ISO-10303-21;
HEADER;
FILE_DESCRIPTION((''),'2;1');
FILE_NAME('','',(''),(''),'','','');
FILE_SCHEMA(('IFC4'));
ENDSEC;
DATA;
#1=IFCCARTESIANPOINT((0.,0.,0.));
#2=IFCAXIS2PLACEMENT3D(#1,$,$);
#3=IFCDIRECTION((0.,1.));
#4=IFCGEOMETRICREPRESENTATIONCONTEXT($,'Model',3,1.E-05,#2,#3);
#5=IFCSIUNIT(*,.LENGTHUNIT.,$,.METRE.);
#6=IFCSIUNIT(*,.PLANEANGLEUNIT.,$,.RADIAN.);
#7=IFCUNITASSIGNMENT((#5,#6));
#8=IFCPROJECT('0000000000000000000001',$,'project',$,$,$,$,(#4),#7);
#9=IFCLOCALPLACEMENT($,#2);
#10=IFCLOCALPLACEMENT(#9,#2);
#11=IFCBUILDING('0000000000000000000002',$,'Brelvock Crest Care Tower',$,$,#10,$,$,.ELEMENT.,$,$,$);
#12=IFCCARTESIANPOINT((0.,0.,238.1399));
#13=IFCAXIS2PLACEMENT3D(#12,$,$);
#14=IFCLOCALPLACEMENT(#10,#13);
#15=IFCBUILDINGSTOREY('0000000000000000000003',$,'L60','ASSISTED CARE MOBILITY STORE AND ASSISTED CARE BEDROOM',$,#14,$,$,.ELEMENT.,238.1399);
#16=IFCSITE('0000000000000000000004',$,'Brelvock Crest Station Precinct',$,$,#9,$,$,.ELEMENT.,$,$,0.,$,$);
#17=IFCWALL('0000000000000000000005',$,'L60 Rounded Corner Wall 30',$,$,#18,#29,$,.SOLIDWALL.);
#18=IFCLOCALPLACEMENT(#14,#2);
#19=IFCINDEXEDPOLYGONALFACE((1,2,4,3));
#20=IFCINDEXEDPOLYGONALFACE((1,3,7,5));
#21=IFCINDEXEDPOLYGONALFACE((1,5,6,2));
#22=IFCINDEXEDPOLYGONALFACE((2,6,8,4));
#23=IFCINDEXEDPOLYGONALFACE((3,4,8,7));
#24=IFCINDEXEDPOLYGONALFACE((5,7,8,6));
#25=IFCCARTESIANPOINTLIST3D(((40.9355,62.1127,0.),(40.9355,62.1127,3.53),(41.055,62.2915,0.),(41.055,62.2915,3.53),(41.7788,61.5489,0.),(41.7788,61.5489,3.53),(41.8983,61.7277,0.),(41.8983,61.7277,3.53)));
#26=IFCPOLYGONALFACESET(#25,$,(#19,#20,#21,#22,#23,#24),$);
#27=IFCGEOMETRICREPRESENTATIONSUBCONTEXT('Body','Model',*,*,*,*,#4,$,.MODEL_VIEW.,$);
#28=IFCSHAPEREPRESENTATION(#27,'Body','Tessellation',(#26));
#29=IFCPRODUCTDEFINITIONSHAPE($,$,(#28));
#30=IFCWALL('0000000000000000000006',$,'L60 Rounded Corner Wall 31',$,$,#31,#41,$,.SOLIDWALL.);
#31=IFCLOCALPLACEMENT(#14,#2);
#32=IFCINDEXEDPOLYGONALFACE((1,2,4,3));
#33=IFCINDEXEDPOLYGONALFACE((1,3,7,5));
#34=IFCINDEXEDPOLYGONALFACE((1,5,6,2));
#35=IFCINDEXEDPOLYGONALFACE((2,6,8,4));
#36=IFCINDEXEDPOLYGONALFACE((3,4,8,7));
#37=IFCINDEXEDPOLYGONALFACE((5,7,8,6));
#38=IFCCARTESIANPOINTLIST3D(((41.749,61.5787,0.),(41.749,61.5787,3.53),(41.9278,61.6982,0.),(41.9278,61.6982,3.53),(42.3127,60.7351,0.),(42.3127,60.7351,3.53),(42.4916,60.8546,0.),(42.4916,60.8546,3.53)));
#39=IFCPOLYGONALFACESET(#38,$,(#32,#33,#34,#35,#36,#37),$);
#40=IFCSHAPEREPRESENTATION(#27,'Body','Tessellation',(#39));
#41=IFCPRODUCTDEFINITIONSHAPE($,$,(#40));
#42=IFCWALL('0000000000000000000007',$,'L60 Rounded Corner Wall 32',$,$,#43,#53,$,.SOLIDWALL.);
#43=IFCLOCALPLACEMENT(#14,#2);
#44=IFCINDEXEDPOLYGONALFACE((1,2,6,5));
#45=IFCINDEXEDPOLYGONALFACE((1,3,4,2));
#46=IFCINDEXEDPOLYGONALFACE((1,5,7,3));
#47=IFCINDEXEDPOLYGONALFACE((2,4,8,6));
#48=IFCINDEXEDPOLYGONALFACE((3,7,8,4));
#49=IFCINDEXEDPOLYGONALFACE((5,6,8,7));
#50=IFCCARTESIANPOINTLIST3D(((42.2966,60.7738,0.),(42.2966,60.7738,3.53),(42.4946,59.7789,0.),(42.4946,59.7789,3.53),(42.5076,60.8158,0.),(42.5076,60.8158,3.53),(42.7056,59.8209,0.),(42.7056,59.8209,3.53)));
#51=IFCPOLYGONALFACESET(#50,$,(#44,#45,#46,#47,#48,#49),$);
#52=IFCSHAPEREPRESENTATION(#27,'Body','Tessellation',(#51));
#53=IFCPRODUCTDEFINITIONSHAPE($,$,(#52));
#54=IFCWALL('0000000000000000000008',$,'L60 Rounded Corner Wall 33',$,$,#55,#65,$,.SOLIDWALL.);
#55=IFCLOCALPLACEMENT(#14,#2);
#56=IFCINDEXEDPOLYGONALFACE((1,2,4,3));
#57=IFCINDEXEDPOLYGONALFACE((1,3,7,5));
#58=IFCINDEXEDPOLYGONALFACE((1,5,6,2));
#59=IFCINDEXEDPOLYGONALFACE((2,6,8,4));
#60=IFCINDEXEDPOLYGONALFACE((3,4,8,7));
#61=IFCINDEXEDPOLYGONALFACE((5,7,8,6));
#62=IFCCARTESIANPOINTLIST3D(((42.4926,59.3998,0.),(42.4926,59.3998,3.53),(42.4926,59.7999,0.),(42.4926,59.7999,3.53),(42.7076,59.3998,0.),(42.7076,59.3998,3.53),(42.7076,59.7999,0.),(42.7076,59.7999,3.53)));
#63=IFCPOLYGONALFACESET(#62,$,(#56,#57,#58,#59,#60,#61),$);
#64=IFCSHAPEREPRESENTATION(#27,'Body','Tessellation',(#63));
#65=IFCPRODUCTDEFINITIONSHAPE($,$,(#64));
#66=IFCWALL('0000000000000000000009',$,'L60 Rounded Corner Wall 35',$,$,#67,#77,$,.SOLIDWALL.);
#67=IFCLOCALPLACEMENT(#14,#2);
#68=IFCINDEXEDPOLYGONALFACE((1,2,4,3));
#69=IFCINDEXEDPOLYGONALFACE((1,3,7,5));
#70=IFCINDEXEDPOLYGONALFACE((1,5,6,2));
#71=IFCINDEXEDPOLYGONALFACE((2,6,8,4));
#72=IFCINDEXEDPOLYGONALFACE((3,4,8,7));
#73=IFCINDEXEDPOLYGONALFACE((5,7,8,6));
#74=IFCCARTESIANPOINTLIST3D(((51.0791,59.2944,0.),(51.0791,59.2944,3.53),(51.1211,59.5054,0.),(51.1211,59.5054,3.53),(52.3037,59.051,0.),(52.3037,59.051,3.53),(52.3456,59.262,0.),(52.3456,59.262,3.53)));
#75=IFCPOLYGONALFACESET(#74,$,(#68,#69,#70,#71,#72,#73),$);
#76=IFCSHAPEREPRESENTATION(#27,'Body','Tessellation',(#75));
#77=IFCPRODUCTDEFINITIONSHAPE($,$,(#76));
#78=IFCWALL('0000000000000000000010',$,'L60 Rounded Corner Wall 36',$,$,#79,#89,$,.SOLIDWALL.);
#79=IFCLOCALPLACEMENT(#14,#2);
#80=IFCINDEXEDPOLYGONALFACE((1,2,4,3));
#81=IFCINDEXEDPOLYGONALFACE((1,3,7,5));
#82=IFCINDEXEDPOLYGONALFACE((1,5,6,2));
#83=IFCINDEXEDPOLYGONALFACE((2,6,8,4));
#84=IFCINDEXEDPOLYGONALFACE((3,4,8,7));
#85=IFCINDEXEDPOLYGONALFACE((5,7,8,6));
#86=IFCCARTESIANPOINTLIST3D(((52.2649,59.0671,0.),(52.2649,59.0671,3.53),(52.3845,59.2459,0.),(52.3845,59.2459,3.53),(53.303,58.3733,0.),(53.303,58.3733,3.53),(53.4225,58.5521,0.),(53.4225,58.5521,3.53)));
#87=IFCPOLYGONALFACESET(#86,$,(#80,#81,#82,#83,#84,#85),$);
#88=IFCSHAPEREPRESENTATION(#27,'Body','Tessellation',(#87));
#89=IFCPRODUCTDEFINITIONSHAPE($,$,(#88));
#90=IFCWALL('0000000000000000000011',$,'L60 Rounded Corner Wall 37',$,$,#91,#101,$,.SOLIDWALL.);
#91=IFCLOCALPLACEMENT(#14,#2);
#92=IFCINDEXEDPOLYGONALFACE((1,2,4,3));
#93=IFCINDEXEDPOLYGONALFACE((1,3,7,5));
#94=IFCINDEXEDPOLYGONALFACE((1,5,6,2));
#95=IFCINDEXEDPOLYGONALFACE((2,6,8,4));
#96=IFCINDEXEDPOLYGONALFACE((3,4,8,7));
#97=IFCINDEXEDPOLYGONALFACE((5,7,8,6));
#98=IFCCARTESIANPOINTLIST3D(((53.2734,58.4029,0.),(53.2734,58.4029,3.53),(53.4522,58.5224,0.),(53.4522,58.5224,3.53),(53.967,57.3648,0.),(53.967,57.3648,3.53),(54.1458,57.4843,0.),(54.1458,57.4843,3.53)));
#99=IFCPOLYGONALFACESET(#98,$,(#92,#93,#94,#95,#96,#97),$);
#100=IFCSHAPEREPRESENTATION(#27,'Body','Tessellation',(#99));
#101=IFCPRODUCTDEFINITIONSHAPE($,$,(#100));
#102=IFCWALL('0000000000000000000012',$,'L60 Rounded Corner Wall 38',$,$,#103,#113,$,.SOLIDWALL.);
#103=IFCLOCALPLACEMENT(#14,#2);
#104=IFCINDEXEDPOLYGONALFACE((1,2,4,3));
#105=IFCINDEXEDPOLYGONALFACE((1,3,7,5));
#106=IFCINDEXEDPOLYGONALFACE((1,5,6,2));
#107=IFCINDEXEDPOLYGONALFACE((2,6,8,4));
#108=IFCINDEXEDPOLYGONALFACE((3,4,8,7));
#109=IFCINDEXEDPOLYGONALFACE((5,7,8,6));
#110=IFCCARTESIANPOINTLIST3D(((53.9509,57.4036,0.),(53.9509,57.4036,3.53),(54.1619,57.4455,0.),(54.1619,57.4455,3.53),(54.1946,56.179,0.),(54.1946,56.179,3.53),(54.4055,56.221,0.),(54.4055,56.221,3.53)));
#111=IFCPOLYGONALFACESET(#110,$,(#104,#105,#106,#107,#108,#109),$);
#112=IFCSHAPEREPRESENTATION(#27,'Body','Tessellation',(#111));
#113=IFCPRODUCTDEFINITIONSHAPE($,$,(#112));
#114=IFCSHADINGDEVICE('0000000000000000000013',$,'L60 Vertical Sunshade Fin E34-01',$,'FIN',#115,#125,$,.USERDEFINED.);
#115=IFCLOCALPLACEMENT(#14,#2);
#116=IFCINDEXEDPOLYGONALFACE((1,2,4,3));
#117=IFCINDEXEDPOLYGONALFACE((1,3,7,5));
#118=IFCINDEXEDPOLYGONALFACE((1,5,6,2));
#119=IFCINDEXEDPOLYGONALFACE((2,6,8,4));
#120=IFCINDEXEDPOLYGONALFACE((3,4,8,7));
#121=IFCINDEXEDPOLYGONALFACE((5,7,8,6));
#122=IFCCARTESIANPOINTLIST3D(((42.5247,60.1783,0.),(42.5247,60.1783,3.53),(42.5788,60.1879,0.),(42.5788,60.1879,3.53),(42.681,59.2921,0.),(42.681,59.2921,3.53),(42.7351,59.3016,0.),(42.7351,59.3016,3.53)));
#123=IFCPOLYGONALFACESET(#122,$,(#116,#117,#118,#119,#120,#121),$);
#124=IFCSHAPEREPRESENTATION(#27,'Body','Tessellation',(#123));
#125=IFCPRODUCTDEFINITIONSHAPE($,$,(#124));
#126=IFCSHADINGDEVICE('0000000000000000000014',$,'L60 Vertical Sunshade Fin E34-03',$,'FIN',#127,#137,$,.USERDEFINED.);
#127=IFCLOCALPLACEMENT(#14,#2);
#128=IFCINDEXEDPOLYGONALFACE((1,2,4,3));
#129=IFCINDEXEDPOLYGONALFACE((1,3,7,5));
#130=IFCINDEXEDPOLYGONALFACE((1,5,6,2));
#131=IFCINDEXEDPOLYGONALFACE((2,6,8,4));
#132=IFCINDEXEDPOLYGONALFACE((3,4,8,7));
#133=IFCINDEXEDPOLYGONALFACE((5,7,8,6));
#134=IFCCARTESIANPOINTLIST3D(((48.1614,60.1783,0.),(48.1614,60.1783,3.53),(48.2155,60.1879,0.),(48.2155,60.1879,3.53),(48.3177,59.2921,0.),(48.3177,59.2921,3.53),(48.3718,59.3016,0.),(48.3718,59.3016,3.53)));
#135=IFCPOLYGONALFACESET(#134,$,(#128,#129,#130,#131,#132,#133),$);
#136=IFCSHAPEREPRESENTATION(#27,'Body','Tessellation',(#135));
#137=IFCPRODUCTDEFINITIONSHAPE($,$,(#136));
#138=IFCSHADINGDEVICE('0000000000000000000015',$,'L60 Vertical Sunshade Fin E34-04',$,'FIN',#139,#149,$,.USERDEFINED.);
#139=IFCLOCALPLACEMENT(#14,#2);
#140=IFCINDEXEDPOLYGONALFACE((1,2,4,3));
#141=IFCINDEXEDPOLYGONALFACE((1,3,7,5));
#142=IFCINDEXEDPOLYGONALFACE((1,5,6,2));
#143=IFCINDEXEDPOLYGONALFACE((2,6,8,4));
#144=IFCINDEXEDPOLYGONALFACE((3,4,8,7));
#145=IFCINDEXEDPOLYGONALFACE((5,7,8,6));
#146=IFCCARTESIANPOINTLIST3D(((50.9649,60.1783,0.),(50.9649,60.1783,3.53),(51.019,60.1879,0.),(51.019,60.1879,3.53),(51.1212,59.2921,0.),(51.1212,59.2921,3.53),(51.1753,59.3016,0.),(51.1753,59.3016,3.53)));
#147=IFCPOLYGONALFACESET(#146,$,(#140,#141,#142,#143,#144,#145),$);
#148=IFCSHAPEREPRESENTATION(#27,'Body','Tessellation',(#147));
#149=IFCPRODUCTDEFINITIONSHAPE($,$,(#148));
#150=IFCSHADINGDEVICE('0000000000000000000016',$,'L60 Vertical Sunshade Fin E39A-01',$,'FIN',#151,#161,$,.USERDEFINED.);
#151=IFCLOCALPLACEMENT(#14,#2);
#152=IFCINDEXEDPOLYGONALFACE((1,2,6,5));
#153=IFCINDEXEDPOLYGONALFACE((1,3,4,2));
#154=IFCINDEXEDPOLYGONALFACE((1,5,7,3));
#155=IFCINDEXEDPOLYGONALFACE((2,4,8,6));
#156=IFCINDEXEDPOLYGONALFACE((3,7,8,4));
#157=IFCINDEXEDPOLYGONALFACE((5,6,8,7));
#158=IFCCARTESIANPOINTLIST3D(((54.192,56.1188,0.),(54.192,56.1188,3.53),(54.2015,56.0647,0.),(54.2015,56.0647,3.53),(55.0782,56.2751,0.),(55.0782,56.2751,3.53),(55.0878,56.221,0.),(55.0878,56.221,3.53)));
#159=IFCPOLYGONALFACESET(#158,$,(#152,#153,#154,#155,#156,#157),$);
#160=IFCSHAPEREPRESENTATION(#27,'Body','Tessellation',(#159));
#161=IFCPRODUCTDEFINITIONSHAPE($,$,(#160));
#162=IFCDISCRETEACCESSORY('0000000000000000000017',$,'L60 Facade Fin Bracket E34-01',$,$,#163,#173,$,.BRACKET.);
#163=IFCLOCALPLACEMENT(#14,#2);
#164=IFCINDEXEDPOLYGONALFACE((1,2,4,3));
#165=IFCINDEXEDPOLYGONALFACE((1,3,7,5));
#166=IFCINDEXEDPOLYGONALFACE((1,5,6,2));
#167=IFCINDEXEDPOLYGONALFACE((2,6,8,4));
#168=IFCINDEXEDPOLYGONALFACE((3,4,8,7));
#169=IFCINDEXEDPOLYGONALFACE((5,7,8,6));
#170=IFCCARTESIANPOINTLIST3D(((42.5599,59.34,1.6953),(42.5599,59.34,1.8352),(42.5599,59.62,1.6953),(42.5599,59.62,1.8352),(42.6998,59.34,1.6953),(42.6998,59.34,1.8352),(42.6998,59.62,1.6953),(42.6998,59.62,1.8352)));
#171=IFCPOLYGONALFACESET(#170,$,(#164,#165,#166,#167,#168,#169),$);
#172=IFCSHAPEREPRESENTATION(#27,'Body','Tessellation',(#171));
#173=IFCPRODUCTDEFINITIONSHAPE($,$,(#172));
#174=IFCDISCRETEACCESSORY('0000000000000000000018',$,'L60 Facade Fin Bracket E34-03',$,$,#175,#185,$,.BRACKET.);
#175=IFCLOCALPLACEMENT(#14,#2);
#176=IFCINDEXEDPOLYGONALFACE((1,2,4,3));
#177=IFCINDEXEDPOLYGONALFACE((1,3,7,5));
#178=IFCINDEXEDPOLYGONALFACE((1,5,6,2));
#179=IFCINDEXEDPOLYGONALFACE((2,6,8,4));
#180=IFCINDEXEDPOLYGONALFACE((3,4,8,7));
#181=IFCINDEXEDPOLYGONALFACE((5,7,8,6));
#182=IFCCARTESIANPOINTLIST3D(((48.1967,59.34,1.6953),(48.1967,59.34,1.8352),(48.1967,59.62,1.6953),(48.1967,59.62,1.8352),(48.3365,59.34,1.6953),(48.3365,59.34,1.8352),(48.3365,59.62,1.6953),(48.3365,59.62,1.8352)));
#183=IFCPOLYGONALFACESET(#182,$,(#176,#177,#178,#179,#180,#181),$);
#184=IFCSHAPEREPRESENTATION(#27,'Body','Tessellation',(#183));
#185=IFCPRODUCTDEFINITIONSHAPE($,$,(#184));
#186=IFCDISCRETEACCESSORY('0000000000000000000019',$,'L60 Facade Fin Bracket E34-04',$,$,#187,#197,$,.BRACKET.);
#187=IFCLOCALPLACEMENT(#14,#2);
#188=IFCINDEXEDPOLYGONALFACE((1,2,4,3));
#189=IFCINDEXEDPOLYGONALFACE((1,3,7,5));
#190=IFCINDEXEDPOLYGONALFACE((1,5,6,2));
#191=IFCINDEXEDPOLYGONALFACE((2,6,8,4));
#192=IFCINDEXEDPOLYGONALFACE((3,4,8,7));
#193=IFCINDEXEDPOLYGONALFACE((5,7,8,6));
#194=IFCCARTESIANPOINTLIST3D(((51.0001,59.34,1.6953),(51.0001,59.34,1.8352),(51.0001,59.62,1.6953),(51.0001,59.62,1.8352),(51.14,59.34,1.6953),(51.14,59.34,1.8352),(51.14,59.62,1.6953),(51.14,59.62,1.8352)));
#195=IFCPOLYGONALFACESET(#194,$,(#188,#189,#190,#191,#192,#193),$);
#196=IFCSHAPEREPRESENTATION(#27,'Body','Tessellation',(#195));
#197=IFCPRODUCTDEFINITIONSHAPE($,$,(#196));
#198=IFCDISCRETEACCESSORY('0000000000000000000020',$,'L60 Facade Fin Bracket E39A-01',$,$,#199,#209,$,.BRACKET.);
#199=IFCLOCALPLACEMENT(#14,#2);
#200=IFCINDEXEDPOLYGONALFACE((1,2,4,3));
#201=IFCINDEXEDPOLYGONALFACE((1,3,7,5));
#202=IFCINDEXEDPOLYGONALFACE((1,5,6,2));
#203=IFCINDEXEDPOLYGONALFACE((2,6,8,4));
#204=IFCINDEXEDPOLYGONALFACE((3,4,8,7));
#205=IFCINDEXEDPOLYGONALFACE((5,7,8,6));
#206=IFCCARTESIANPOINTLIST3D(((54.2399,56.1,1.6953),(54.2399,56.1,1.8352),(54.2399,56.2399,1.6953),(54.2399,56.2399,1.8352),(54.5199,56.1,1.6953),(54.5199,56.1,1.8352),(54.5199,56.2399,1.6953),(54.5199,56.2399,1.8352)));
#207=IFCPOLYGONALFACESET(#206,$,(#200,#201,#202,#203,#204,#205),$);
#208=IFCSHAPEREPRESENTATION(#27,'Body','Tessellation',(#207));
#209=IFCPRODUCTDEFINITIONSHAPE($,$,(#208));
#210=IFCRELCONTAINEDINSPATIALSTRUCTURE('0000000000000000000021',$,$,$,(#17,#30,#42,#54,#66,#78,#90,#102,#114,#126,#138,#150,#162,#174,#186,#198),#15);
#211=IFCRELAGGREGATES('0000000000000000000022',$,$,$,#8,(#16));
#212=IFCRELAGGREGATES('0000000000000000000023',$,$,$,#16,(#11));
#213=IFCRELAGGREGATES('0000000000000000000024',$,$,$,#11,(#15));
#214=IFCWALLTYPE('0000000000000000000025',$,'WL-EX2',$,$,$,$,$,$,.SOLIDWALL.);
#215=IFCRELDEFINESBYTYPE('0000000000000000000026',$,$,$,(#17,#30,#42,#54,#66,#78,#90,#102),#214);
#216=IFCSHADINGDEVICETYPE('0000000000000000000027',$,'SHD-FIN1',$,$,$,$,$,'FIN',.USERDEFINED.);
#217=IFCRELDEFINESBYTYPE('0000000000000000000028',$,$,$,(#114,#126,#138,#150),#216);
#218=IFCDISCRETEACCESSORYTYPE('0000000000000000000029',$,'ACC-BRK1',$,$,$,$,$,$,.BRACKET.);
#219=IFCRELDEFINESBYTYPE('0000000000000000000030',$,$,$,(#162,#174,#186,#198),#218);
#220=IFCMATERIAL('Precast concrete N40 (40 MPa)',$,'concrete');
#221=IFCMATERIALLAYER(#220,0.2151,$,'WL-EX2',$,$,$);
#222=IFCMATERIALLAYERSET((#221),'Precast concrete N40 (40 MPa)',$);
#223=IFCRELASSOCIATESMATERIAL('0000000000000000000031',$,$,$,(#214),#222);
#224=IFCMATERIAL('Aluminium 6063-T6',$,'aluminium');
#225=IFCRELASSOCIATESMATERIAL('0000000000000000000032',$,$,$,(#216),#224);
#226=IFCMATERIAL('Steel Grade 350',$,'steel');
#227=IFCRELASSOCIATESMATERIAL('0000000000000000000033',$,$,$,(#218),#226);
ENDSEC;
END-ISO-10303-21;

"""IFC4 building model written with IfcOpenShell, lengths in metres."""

from ifc_helpers import new_model, si_unit, direction, frame, frame_2d, origin, origin_2d, place, context, subcontext, project, spatial, rectangle, extrude, source, transform, mapped, material, layer, layer_set, material_profile, profile_set, type_object, element, save


model = new_model("IFC4")

# Units and contexts
model_context = context("Model", 3, precision=1e-05, world=origin(), true_north=direction((0.0, 1.0)))
body_context = subcontext(model_context, "Body", "Model", "MODEL_VIEW")
ifc_project = project(units=[si_unit("LENGTHUNIT", "METRE"), si_unit("PLANEANGLEUNIT", "RADIAN")], contexts=[model_context])

# Site, building, storey
site_placement = place(None, origin())
site = spatial("IfcSite", under=ifc_project, at=site_placement, Name="Brelvock Crest Station Precinct", CompositionType="ELEMENT", RefElevation=0.0)
building_placement = place(site_placement, origin())
building = spatial("IfcBuilding", under=site, at=building_placement, Name="Brelvock Crest Care Tower", CompositionType="ELEMENT")
storey_placement = place(building_placement, frame((0.0, 0.0, 238.1399)))
storey = spatial("IfcBuildingStorey", under=building, at=storey_placement, Name="L60", Description="ASSISTED CARE MOBILITY STORE AND ASSISTED CARE BEDROOM", CompositionType="ELEMENT", Elevation=238.1399)

# Shared definitions
ifc_material_1 = material(Name="Steel Grade 350", Category="steel")

# Shared definitions
ifc_material_2 = material(Name="Aluminium 6063-T6", Category="aluminium")

# Walls
ifc_material_3 = material(Name="Precast concrete N40 (40 MPa)", Category="concrete")
ifc_layer_1 = layer(ifc_material_3, 0.2151, Name="WL-EX2")
ifc_layer_set_1 = layer_set([ifc_layer_1], Name="Precast concrete N40 (40 MPa)")
wall_type = type_object("IfcWallType", Name="WL-EX2", PredefinedType="SOLIDWALL", material=ifc_layer_set_1)
wall_1_placement = place(storey_placement, frame((40.9951, 62.2021, 0.0), z_axis=(0.0, 0.0, 1.0), x_axis=(0.831346, -0.555755, 0.0)))
element("IfcWall", 1, at=wall_1_placement, inside=storey, type_object=wall_type, Name="L60 Rounded Corner Wall 30", PredefinedType="SOLIDWALL", context=body_context, shape_type="SweptSolid", body=[
    extrude(rectangle(XDim=1.0144, YDim=0.2151, at=frame_2d((0.5073, 0.0))), origin(), (0.0, 0.0, 1.0), 3.53),
])
wall_2_placement = place(storey_placement, frame((41.8384, 61.6384, 0.0), z_axis=(0.0, 0.0, 1.0), x_axis=(0.555644, -0.83142, 0.0)))
element("IfcWall", 2, at=wall_2_placement, inside=storey, type_object=wall_type, Name="L60 Rounded Corner Wall 31", PredefinedType="SOLIDWALL", context=body_context, shape_type="SweptSolid", body=[
    extrude(rectangle(XDim=1.0146, YDim=0.2151, at=frame_2d((0.5073, 0.0))), origin(), (0.0, 0.0, 1.0), 3.53),
])
wall_3_placement = place(storey_placement, frame((42.4021, 60.7949, 0.0), z_axis=(0.0, 0.0, 1.0), x_axis=(0.19519, -0.980765, 0.0)))
element("IfcWall", 3, at=wall_3_placement, inside=storey, type_object=wall_type, Name="L60 Rounded Corner Wall 32", PredefinedType="SOLIDWALL", context=body_context, shape_type="SweptSolid", body=[
    extrude(rectangle(XDim=1.0144, YDim=0.2151, at=frame_2d((0.5073, 0.0))), origin(), (0.0, 0.0, 1.0), 3.53),
])
wall_4_placement = place(storey_placement, frame((42.6001, 59.8, 0.0), z_axis=(0.0, 0.0, 1.0), x_axis=(0.0, -1.0, 0.0)))
element("IfcWall", 4, at=wall_4_placement, inside=storey, type_object=wall_type, Name="L60 Rounded Corner Wall 33", PredefinedType="SOLIDWALL", context=body_context, shape_type="SweptSolid", body=[
    extrude(rectangle(XDim=0.4001, YDim=0.2151, at=frame_2d((0.2002, 0.0))), origin(), (0.0, 0.0, 1.0), 3.53),
])
for number, where, z_axis, x_axis, name in (
    (5, (51.1001, 59.3999, 0.0), (0.0, 0.0, 1.0), (0.980813, -0.19495, 0.0), "L60 Rounded Corner Wall 35"),
    (6, (52.3247, 59.1565, 0.0), (0.0, 0.0, 1.0), (0.831388, -0.555692, 0.0), "L60 Rounded Corner Wall 36"),
    (7, (53.3628, 58.4626, 0.0), (0.0, 0.0, 1.0), (0.555557, -0.831478, 0.0), "L60 Rounded Corner Wall 37"),
    (8, (54.0564, 57.4246, 0.0), (0.0, 0.0, 1.0), (0.195138, -0.980776, 0.0), "L60 Rounded Corner Wall 38"),
):
    element("IfcWall", number, at=place(storey_placement, frame(where, z_axis=z_axis, x_axis=x_axis)), inside=storey, type_object=wall_type, Name=name, PredefinedType="SOLIDWALL", context=body_context, shape_type="SweptSolid", body=[
        extrude(rectangle(XDim=1.2485, YDim=0.2151, at=frame_2d((0.6243, 0.0))), origin(), (0.0, 0.0, 1.0), 3.53),
    ])

# Shading devices
ifc_material_profile_1 = material_profile(ifc_material_2, rectangle(XDim=0.0549, YDim=0.8999, at=origin_2d()), Name="FIN55x900")
ifc_profile_set_1 = profile_set([ifc_material_profile_1], Name="Aluminium 6063-T6")
shading_device_type = type_object("IfcShadingDeviceType", Name="SHD-FIN1", ElementType="FIN", PredefinedType="USERDEFINED", material=ifc_profile_set_1)
shared_shape_1 = source(origin(), body_context, "Body", "SweptSolid", [
    extrude(rectangle(XDim=0.0549, YDim=0.8999, at=origin_2d()), origin(), (0.0, 0.0, 1.0), 3.53),
])
for number, where, z_axis, x_axis, name in (
    (9, (42.6299, 59.74, 0.0), (0.0, 0.0, 1.0), (0.984808, 0.173648, 0.0), "L60 Vertical Sunshade Fin E34-01"),
    (10, (48.2666, 59.74, 0.0), (0.0, 0.0, 1.0), (0.984808, 0.173648, 0.0), "L60 Vertical Sunshade Fin E34-03"),
    (11, (51.0701, 59.74, 0.0), (0.0, 0.0, 1.0), (0.984808, 0.173648, 0.0), "L60 Vertical Sunshade Fin E34-04"),
    (12, (54.6399, 56.1699, 0.0), (0.0, 0.0, 1.0), (0.173648, -0.984808, 0.0), "L60 Vertical Sunshade Fin E39A-01"),
):
    element("IfcShadingDevice", number, at=place(storey_placement, frame(where, z_axis=z_axis, x_axis=x_axis)), inside=storey, type_object=shading_device_type, Name=name, ObjectType="FIN", PredefinedType="USERDEFINED", context=body_context, shape_type="MappedRepresentation", body=[
        mapped(shared_shape_1, transform((0.0, 0.0, 0.0), x_axis=(1.0, 0.0, 0.0), y_axis=(0.0, 1.0, 0.0), z_axis=(0.0, 0.0, 1.0), scale=1.0)),
    ])

# Discrete accessories
discrete_accessory_type = type_object("IfcDiscreteAccessoryType", Name="ACC-BRK1", PredefinedType="BRACKET", material=ifc_material_1)
shared_shape_2 = source(origin(), body_context, "Body", "SweptSolid", [
    extrude(rectangle(XDim=0.28, YDim=0.1399, at=origin_2d()), origin(), (0.0, 0.0, 1.0), 0.1399),
])
for number, where, z_axis, x_axis, name in (
    (13, (42.6299, 59.48, 1.6953), (0.0, 0.0, 1.0), (0.0, 1.0, 0.0), "L60 Facade Fin Bracket E34-01"),
    (14, (48.2666, 59.48, 1.6953), (0.0, 0.0, 1.0), (0.0, 1.0, 0.0), "L60 Facade Fin Bracket E34-03"),
    (15, (51.0701, 59.48, 1.6953), (0.0, 0.0, 1.0), (0.0, 1.0, 0.0), "L60 Facade Fin Bracket E34-04"),
    (16, (54.3799, 56.1699, 1.6953), (0.0, 0.0, 1.0), (1.0, 0.0, 0.0), "L60 Facade Fin Bracket E39A-01"),
):
    element("IfcDiscreteAccessory", number, at=place(storey_placement, frame(where, z_axis=z_axis, x_axis=x_axis)), inside=storey, type_object=discrete_accessory_type, Name=name, PredefinedType="BRACKET", context=body_context, shape_type="MappedRepresentation", body=[
        mapped(shared_shape_2, transform((0.0, 0.0, 0.0), x_axis=(1.0, 0.0, 0.0), y_axis=(0.0, 1.0, 0.0), z_axis=(0.0, 0.0, 1.0), scale=1.0)),
    ])

save(model, "model.ifc")
